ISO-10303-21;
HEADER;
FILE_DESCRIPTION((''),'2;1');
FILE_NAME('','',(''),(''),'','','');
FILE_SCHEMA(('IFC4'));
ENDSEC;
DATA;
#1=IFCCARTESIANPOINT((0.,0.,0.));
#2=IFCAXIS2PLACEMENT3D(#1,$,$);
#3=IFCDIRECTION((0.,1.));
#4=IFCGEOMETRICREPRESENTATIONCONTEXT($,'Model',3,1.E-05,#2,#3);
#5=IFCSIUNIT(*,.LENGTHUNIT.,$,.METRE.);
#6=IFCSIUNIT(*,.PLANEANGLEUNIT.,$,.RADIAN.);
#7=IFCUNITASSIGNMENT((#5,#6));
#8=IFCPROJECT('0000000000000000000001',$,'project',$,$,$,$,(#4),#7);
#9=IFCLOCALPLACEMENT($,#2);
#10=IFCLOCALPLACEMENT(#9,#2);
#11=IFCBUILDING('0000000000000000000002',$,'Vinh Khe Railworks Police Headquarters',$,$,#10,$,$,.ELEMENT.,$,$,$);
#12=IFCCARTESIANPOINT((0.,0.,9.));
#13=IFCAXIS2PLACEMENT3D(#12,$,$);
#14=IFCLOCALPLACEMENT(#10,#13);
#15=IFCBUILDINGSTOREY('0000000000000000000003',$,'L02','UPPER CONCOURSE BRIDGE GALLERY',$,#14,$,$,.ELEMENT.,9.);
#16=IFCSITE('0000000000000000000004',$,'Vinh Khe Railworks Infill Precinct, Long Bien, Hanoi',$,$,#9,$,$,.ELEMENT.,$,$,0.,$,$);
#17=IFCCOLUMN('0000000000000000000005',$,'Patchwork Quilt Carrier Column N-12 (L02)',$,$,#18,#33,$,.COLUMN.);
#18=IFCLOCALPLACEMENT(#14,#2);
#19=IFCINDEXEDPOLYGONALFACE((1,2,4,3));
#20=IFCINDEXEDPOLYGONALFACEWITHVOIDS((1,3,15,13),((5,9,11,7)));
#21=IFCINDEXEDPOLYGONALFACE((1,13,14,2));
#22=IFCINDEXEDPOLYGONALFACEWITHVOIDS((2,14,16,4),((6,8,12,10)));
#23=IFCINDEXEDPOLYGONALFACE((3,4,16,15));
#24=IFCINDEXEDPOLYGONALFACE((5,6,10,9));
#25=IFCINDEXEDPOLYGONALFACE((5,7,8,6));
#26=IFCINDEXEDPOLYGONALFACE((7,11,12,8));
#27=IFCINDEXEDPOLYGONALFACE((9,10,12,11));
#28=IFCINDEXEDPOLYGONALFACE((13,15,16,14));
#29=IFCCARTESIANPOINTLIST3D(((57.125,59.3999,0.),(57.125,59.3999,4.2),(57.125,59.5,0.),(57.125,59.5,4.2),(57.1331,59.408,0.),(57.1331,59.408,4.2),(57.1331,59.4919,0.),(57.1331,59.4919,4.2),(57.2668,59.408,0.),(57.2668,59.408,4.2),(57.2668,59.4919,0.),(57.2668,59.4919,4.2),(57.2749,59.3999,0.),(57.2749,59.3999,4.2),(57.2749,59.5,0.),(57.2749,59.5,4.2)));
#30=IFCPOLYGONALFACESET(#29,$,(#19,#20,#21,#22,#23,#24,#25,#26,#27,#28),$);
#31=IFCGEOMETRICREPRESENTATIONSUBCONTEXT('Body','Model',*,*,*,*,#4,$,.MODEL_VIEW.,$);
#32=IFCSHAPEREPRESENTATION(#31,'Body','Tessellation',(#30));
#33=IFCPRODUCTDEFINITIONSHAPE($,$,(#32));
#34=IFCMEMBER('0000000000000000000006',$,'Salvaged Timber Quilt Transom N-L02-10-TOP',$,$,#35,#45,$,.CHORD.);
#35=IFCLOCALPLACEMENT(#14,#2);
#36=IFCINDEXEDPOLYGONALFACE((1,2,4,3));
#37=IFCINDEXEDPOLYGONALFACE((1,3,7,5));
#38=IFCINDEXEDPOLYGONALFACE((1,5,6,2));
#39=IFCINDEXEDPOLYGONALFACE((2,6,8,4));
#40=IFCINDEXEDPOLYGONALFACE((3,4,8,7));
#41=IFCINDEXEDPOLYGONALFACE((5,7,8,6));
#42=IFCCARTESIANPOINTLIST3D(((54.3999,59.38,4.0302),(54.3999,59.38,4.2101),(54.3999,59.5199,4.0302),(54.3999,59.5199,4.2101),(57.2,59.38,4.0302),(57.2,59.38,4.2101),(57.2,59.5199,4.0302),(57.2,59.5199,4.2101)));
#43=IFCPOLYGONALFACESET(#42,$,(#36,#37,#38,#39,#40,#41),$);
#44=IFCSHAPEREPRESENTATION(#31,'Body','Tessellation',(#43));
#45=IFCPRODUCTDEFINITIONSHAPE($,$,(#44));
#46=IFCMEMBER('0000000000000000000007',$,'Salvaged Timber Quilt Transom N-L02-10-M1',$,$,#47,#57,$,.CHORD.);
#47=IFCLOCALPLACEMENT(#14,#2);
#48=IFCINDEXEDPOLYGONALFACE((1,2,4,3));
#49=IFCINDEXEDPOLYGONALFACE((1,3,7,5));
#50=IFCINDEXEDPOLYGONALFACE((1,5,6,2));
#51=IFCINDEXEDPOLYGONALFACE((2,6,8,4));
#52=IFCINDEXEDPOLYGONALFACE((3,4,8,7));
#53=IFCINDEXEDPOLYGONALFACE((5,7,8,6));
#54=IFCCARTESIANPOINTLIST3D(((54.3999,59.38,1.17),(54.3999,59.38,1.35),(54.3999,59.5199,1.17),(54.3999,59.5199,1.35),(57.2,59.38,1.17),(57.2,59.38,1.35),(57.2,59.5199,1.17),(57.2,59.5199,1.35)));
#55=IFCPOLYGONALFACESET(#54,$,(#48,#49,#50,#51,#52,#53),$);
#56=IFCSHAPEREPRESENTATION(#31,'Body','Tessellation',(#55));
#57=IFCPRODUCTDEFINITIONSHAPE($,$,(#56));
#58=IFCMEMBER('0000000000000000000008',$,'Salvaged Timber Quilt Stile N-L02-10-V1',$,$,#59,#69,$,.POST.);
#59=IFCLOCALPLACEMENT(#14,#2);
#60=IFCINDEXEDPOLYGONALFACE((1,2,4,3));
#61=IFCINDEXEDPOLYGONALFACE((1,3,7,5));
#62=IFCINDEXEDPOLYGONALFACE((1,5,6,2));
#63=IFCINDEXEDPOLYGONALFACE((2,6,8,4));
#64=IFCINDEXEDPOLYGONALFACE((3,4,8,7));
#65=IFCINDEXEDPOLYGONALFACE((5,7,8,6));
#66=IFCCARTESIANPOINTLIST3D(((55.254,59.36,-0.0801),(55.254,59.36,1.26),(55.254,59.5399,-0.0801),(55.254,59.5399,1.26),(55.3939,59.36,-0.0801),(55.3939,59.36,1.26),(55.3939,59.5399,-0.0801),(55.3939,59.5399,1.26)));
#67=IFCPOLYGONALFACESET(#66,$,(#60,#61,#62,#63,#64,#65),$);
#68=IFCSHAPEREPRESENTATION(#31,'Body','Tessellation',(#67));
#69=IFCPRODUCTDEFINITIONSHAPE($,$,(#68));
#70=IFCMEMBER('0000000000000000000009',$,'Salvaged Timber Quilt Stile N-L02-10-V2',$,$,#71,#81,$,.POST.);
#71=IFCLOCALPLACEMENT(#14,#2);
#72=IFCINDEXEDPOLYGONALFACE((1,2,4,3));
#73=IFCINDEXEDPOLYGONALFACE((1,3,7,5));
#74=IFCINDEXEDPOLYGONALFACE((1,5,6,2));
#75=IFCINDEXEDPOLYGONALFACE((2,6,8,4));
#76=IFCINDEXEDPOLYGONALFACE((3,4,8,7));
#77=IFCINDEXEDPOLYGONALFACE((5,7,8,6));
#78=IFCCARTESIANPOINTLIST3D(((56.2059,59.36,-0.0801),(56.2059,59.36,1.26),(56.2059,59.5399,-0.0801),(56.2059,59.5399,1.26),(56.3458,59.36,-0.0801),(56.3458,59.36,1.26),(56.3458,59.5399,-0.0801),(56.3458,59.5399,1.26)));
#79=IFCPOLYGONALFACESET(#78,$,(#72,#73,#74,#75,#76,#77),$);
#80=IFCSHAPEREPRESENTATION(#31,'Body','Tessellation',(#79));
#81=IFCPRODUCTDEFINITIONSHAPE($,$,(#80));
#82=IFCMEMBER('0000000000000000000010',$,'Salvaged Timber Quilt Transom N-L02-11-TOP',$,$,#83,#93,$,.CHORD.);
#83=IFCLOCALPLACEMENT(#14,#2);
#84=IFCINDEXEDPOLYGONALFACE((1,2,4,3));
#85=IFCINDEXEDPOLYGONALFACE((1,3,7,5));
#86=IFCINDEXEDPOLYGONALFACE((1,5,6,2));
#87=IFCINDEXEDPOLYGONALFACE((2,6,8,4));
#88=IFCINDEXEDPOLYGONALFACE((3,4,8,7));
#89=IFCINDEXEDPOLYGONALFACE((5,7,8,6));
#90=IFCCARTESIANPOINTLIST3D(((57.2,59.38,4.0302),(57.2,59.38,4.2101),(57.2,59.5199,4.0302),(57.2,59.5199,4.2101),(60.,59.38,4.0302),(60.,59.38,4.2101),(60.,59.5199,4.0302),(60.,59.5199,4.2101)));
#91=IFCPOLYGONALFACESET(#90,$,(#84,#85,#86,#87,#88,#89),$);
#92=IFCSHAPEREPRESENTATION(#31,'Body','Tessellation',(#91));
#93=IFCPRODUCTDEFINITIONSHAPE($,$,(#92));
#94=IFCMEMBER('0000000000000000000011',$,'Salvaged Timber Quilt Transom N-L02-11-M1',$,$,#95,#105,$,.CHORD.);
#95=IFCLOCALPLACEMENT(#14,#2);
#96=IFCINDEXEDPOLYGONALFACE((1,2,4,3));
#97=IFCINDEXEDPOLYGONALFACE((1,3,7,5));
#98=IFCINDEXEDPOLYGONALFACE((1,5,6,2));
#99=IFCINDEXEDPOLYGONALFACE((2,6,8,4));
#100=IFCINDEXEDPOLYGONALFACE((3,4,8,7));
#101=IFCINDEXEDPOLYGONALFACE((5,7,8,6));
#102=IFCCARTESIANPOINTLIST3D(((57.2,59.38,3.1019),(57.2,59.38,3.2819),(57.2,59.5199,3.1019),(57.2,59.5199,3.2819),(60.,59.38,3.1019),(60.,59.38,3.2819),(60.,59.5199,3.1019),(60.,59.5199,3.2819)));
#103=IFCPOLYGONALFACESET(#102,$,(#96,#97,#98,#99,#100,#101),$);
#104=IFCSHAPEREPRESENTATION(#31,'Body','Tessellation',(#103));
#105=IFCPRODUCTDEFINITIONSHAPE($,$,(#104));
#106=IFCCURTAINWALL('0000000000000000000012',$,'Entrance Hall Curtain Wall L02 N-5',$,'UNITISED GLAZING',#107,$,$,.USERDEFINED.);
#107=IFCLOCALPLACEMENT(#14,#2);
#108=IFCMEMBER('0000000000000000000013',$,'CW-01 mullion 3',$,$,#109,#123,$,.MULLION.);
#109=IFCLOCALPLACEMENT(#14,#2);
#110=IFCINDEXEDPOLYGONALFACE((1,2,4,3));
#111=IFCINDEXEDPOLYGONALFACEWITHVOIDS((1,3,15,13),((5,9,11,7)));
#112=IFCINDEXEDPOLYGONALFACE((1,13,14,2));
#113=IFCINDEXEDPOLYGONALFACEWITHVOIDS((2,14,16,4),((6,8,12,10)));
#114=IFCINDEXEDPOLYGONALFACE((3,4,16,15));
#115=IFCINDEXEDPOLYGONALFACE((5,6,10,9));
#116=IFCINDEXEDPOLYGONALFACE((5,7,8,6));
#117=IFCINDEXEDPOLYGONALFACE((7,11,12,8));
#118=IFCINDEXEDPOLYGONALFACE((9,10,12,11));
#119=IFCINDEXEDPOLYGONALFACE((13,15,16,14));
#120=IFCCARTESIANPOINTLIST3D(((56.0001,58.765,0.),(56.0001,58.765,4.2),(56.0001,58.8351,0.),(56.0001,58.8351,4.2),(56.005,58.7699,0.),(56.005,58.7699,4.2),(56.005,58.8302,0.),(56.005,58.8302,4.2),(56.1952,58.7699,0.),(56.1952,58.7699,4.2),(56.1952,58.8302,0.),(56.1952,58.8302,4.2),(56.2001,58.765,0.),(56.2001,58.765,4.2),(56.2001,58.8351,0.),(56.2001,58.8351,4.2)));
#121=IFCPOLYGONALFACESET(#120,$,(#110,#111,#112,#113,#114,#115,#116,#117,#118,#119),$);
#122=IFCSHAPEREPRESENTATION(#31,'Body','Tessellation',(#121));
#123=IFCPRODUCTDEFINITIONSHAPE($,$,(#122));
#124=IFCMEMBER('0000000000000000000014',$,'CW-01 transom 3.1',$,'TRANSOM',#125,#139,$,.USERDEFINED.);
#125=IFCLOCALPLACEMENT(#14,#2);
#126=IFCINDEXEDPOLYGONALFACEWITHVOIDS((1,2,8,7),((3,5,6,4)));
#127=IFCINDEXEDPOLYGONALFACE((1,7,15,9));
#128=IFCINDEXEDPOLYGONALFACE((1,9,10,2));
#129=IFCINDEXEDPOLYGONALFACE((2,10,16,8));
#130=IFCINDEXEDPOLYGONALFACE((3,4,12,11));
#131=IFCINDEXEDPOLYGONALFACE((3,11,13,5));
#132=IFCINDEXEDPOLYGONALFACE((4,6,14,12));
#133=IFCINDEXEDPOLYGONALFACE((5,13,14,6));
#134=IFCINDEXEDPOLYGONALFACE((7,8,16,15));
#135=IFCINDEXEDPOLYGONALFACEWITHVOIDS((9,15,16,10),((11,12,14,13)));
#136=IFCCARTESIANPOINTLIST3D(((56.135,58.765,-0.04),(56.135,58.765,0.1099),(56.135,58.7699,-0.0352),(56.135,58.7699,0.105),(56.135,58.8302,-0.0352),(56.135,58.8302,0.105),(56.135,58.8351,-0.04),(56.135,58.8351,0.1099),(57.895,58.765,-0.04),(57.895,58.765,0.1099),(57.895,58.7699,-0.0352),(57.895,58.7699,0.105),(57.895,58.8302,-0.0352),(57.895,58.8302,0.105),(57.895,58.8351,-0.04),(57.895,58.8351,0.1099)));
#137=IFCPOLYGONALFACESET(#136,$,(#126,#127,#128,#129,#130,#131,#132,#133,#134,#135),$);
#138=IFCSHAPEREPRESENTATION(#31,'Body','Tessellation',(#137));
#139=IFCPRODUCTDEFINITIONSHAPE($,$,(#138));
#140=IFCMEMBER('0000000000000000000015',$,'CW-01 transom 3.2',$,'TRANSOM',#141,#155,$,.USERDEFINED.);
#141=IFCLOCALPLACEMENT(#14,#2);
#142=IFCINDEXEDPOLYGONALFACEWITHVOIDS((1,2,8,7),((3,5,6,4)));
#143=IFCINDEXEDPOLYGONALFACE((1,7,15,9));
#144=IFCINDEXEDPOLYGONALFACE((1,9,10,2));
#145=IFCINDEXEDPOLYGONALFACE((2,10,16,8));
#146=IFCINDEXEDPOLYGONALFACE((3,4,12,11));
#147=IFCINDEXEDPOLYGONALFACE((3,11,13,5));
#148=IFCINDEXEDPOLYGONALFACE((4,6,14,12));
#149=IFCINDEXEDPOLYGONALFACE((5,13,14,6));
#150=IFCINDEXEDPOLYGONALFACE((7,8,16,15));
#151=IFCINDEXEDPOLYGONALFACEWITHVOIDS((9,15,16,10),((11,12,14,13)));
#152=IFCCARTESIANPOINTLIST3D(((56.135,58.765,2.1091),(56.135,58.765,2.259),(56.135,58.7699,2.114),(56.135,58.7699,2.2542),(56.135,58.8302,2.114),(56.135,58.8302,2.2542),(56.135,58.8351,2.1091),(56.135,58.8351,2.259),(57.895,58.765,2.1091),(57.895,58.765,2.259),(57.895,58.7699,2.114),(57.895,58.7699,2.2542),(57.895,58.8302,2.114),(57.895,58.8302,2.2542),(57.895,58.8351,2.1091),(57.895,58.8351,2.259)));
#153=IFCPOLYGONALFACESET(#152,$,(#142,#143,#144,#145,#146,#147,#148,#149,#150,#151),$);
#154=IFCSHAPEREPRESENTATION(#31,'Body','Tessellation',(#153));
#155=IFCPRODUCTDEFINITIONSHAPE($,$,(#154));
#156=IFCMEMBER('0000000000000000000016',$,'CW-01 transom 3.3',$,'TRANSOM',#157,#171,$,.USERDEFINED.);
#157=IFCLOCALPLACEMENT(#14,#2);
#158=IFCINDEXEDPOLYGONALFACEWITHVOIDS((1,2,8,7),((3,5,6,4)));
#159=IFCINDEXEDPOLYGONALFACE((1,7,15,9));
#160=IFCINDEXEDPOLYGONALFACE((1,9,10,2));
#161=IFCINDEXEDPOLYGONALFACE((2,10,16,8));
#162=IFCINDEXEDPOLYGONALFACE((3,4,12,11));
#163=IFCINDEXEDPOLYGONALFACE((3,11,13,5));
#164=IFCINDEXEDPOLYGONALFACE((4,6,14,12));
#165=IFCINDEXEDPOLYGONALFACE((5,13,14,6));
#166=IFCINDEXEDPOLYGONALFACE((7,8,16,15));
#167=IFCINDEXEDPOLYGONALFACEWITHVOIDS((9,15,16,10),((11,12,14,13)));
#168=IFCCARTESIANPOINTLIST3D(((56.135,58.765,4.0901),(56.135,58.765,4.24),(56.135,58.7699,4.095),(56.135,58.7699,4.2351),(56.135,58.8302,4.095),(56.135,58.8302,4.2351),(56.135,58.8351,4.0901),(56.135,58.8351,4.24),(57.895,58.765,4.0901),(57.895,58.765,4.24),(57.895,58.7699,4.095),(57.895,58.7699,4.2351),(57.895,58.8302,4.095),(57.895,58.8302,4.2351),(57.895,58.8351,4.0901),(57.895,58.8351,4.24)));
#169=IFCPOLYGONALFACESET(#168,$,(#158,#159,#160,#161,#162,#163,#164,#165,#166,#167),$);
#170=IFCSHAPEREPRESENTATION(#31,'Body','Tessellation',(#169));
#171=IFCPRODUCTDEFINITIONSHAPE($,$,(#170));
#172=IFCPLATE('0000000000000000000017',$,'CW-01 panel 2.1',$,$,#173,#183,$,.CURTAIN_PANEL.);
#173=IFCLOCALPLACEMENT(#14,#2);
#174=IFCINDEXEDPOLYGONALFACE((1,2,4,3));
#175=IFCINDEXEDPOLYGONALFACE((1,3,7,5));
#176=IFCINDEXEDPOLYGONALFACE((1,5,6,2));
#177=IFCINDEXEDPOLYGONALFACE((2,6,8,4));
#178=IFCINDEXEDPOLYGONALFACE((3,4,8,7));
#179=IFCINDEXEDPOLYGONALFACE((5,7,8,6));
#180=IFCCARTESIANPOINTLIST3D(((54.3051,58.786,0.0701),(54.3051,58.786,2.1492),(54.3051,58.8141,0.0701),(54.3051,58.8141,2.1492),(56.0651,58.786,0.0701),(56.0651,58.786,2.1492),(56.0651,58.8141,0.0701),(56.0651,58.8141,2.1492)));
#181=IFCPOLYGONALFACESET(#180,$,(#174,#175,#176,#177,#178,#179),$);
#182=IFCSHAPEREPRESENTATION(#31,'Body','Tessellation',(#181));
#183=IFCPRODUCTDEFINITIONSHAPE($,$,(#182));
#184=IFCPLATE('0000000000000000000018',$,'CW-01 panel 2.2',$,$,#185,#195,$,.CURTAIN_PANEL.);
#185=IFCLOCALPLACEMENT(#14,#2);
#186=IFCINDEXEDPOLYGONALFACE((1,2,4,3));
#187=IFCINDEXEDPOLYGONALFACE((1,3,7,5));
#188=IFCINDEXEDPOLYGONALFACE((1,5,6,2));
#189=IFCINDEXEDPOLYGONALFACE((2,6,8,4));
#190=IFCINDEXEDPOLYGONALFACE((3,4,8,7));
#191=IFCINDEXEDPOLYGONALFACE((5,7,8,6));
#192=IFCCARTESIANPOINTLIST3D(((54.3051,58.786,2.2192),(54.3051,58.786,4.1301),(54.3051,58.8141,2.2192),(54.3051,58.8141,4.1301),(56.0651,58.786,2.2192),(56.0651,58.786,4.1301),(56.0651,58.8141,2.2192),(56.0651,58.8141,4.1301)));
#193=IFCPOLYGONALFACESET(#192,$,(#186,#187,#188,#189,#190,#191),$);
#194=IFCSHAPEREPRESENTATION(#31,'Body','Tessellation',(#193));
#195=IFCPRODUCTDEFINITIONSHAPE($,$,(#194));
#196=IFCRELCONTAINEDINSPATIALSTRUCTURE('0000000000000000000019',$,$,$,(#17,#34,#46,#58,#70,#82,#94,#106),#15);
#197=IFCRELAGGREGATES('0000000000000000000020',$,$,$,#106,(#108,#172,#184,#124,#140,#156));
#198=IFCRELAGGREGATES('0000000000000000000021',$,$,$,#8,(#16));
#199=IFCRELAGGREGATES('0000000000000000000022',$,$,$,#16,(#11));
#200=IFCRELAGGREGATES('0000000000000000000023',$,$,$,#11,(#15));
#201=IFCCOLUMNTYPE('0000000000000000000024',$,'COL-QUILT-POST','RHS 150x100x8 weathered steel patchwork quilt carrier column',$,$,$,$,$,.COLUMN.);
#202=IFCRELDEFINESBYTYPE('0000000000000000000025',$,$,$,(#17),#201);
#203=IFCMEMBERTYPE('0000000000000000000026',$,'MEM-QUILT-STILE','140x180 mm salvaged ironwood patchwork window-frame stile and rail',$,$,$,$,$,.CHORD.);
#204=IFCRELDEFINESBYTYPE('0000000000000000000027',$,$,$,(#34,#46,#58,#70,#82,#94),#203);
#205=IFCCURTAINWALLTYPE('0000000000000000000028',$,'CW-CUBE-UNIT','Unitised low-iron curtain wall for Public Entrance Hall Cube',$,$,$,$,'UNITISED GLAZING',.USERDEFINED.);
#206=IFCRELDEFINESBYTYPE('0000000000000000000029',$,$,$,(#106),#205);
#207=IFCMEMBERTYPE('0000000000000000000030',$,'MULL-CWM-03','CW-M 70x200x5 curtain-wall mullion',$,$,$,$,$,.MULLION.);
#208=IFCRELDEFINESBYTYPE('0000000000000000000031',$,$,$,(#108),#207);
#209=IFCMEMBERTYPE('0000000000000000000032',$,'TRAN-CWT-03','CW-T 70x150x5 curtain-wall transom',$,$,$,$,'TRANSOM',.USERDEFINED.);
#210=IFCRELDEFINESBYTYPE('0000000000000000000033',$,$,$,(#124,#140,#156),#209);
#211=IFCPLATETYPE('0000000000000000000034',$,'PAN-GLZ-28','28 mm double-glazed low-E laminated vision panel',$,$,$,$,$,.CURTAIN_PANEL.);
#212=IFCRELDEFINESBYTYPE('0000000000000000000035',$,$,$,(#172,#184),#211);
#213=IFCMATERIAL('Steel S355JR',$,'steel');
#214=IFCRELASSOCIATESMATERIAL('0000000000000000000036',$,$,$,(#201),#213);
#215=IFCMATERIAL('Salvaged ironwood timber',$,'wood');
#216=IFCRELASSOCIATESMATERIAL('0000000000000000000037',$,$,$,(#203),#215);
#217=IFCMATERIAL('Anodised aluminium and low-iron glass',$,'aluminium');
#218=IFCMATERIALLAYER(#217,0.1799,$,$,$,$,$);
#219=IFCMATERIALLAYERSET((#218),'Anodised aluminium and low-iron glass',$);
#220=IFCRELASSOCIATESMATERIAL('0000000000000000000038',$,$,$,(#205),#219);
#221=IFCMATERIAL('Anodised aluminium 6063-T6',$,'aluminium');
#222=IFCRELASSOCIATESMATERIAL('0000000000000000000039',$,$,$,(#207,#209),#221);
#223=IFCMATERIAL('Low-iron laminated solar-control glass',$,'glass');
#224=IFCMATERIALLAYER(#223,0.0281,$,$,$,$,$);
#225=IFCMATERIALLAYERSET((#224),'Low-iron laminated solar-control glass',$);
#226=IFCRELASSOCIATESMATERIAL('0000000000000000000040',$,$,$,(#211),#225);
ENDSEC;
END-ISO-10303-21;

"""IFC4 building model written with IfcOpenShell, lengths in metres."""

from ifc_helpers import new_model, si_unit, direction, frame, origin, origin_2d, place, context, subcontext, project, spatial, rectangle, hollow_rectangle, extrude, material, layer, layer_set, material_profile, profile_set, type_object, element, aggregate, save


model = new_model("IFC4")

# Units and contexts
model_context = context("Model", 3, precision=1e-05, world=origin(), true_north=direction((0.0, 1.0)))
body_context = subcontext(model_context, "Body", "Model", "MODEL_VIEW")
ifc_project = project(units=[si_unit("LENGTHUNIT", "METRE"), si_unit("PLANEANGLEUNIT", "RADIAN")], contexts=[model_context])

# Site, building, storey
site_placement = place(None, origin())
site = spatial("IfcSite", under=ifc_project, at=site_placement, Name="Vinh Khe Railworks Infill Precinct, Long Bien, Hanoi", CompositionType="ELEMENT", RefElevation=0.0)
building_placement = place(site_placement, origin())
building = spatial("IfcBuilding", under=site, at=building_placement, Name="Vinh Khe Railworks Police Headquarters", CompositionType="ELEMENT")
storey_placement = place(building_placement, frame((0.0, 0.0, 9.0)))
storey = spatial("IfcBuildingStorey", under=building, at=storey_placement, Name="L02", Description="UPPER CONCOURSE BRIDGE GALLERY", CompositionType="ELEMENT", Elevation=9.0)

# Column
ifc_material_1 = material(Name="Steel S355JR", Category="steel")
ifc_material_profile_1 = material_profile(ifc_material_1, hollow_rectangle(XDim=0.1499, YDim=0.1001, WallThickness=0.0081, at=origin_2d()), Name="RHS 150x100x8")
ifc_profile_set_1 = profile_set([ifc_material_profile_1], Name="Steel S355JR")
column_type = type_object("IfcColumnType", Name="COL-QUILT-POST", Description="RHS 150x100x8 weathered steel patchwork quilt carrier column", PredefinedType="COLUMN", material=ifc_profile_set_1)
column_placement = place(storey_placement, frame((57.2, 59.45, 0.0), z_axis=(0.0, 0.0, 1.0), x_axis=(1.0, 0.0, 0.0)))
element("IfcColumn", 1, at=column_placement, inside=storey, type_object=column_type, Name="Patchwork Quilt Carrier Column N-12 (L02)", PredefinedType="COLUMN", context=body_context, shape_type="SweptSolid", body=[
    extrude(hollow_rectangle(XDim=0.1499, YDim=0.1001, WallThickness=0.0081, at=origin_2d()), origin(), (0.0, 0.0, 1.0), 4.2),
])

# Members
ifc_material_2 = material(Name="Salvaged ironwood timber", Category="wood")
ifc_material_profile_2 = material_profile(ifc_material_2, rectangle(XDim=0.1399, YDim=0.1799, at=origin_2d()), Name="TIMBER 140x180")
ifc_profile_set_2 = profile_set([ifc_material_profile_2], Name="Salvaged ironwood timber")
member_type_1 = type_object("IfcMemberType", Name="MEM-QUILT-STILE", Description="140x180 mm salvaged ironwood patchwork window-frame stile and rail", PredefinedType="CHORD", material=ifc_profile_set_2)
for number, where, z_axis, x_axis, name in (
    (2, (54.3999, 59.45, 4.1201), (1.0, 0.0, 0.0), (0.0, 1.0, 0.0), "Salvaged Timber Quilt Transom N-L02-10-TOP"),
    (3, (54.3999, 59.45, 1.26), (1.0, 0.0, 0.0), (0.0, 1.0, 0.0), "Salvaged Timber Quilt Transom N-L02-10-M1"),
):
    element("IfcMember", number, at=place(storey_placement, frame(where, z_axis=z_axis, x_axis=x_axis)), inside=storey, type_object=member_type_1, Name=name, PredefinedType="CHORD", context=body_context, shape_type="SweptSolid", body=[
        extrude(rectangle(XDim=0.1399, YDim=0.1799, at=origin_2d()), origin(), (0.0, 0.0, 1.0), 2.8),
    ])
for number, where, z_axis, x_axis, name in (
    (4, (55.324, 59.45, -0.0801), (0.0, 0.0, 1.0), (1.0, 0.0, 0.0), "Salvaged Timber Quilt Stile N-L02-10-V1"),
    (5, (56.2759, 59.45, -0.0801), (0.0, 0.0, 1.0), (1.0, 0.0, 0.0), "Salvaged Timber Quilt Stile N-L02-10-V2"),
):
    element("IfcMember", number, at=place(storey_placement, frame(where, z_axis=z_axis, x_axis=x_axis)), inside=storey, type_object=member_type_1, Name=name, PredefinedType="POST", context=body_context, shape_type="SweptSolid", body=[
        extrude(rectangle(XDim=0.1399, YDim=0.1799, at=origin_2d()), origin(), (0.0, 0.0, 1.0), 1.3401),
    ])
for number, where, z_axis, x_axis, name in (
    (6, (57.2, 59.45, 4.1201), (1.0, 0.0, 0.0), (0.0, 1.0, 0.0), "Salvaged Timber Quilt Transom N-L02-11-TOP"),
    (7, (57.2, 59.45, 3.1919), (1.0, 0.0, 0.0), (0.0, 1.0, 0.0), "Salvaged Timber Quilt Transom N-L02-11-M1"),
):
    element("IfcMember", number, at=place(storey_placement, frame(where, z_axis=z_axis, x_axis=x_axis)), inside=storey, type_object=member_type_1, Name=name, PredefinedType="CHORD", context=body_context, shape_type="SweptSolid", body=[
        extrude(rectangle(XDim=0.1399, YDim=0.1799, at=origin_2d()), origin(), (0.0, 0.0, 1.0), 2.8),
    ])

# Curtain wall, members, plates
ifc_material_3 = material(Name="Anodised aluminium and low-iron glass", Category="aluminium")
ifc_layer_1 = layer(ifc_material_3, 0.1799)
ifc_layer_set_1 = layer_set([ifc_layer_1], Name="Anodised aluminium and low-iron glass")
curtain_wall_type = type_object("IfcCurtainWallType", Name="CW-CUBE-UNIT", Description="Unitised low-iron curtain wall for Public Entrance Hall Cube", ElementType="UNITISED GLAZING", PredefinedType="USERDEFINED", material=ifc_layer_set_1)
curtain_wall_placement = place(storey_placement, origin())
curtain_wall = element("IfcCurtainWall", 8, at=curtain_wall_placement, inside=storey, type_object=curtain_wall_type, Name="Entrance Hall Curtain Wall L02 N-5", ObjectType="UNITISED GLAZING", PredefinedType="USERDEFINED")
ifc_material_4 = material(Name="Anodised aluminium 6063-T6", Category="aluminium")
ifc_material_profile_3 = material_profile(ifc_material_4, hollow_rectangle(XDim=0.0701, YDim=0.2, WallThickness=0.0049, at=origin_2d()), Name="CW-M 70x200x5")
ifc_profile_set_3 = profile_set([ifc_material_profile_3], Name="Anodised aluminium 6063-T6")
member_type_2 = type_object("IfcMemberType", Name="MULL-CWM-03", Description="CW-M 70x200x5 curtain-wall mullion", PredefinedType="MULLION", material=ifc_profile_set_3)
member_1_placement = place(storey_placement, frame((56.1001, 58.8, 0.0), z_axis=(0.0, 0.0, 1.0), x_axis=(0.0, 1.0, 0.0)))
member_1 = element("IfcMember", 9, at=member_1_placement, type_object=member_type_2, Name="CW-01 mullion 3", PredefinedType="MULLION", context=body_context, shape_type="SweptSolid", body=[
    extrude(hollow_rectangle(XDim=0.0701, YDim=0.2, WallThickness=0.0049, at=origin_2d()), origin(), (0.0, 0.0, 1.0), 4.2),
])
ifc_material_profile_4 = material_profile(ifc_material_4, hollow_rectangle(XDim=0.0701, YDim=0.1499, WallThickness=0.0049, at=origin_2d()), Name="CW-T 70x150x5")
ifc_profile_set_4 = profile_set([ifc_material_profile_4], Name="Anodised aluminium 6063-T6")
member_type_3 = type_object("IfcMemberType", Name="TRAN-CWT-03", Description="CW-T 70x150x5 curtain-wall transom", ElementType="TRANSOM", PredefinedType="USERDEFINED", material=ifc_profile_set_4)
member_2_placement = place(storey_placement, frame((56.135, 58.8, 0.0349), z_axis=(1.0, 0.0, 0.0), x_axis=(0.0, 1.0, 0.0)))
member_2 = element("IfcMember", 10, at=member_2_placement, type_object=member_type_3, Name="CW-01 transom 3.1", ObjectType="TRANSOM", PredefinedType="USERDEFINED", context=body_context, shape_type="SweptSolid", body=[
    extrude(hollow_rectangle(XDim=0.0701, YDim=0.1499, WallThickness=0.0049, at=origin_2d()), origin(), (0.0, 0.0, 1.0), 1.76),
])
member_3_placement = place(storey_placement, frame((56.135, 58.8, 2.1841), z_axis=(1.0, 0.0, 0.0), x_axis=(0.0, 1.0, 0.0)))
member_3 = element("IfcMember", 11, at=member_3_placement, type_object=member_type_3, Name="CW-01 transom 3.2", ObjectType="TRANSOM", PredefinedType="USERDEFINED", context=body_context, shape_type="SweptSolid", body=[
    extrude(hollow_rectangle(XDim=0.0701, YDim=0.1499, WallThickness=0.0049, at=origin_2d()), origin(), (0.0, 0.0, 1.0), 1.76),
])
member_4_placement = place(storey_placement, frame((56.135, 58.8, 4.165), z_axis=(1.0, 0.0, 0.0), x_axis=(0.0, 1.0, 0.0)))
member_4 = element("IfcMember", 12, at=member_4_placement, type_object=member_type_3, Name="CW-01 transom 3.3", ObjectType="TRANSOM", PredefinedType="USERDEFINED", context=body_context, shape_type="SweptSolid", body=[
    extrude(hollow_rectangle(XDim=0.0701, YDim=0.1499, WallThickness=0.0049, at=origin_2d()), origin(), (0.0, 0.0, 1.0), 1.76),
])
ifc_material_5 = material(Name="Low-iron laminated solar-control glass", Category="glass")
ifc_layer_2 = layer(ifc_material_5, 0.0281)
ifc_layer_set_2 = layer_set([ifc_layer_2], Name="Low-iron laminated solar-control glass")
plate_type_1 = type_object("IfcPlateType", Name="PAN-GLZ-28", Description="28 mm double-glazed low-E laminated vision panel", PredefinedType="CURTAIN_PANEL", material=ifc_layer_set_2)
plate_1_placement = place(storey_placement, frame((55.1851, 58.8, 0.0701), z_axis=(0.0, 0.0, 1.0), x_axis=(1.0, 0.0, 0.0)))
plate_1 = element("IfcPlate", 13, at=plate_1_placement, type_object=plate_type_1, Name="CW-01 panel 2.1", PredefinedType="CURTAIN_PANEL", context=body_context, shape_type="SweptSolid", body=[
    extrude(rectangle(XDim=1.76, YDim=0.0281, at=origin_2d()), origin(), (0.0, 0.0, 1.0), 2.0791),
])
plate_2_placement = place(storey_placement, frame((55.1851, 58.8, 2.2192), z_axis=(0.0, 0.0, 1.0), x_axis=(1.0, 0.0, 0.0)))
plate_2 = element("IfcPlate", 14, at=plate_2_placement, type_object=plate_type_1, Name="CW-01 panel 2.2", PredefinedType="CURTAIN_PANEL", context=body_context, shape_type="SweptSolid", body=[
    extrude(rectangle(XDim=1.76, YDim=0.0281, at=origin_2d()), origin(), (0.0, 0.0, 1.0), 1.9109),
])
aggregate(curtain_wall, [member_1, plate_1, plate_2, member_2, member_3, member_4])

save(model, "model.ifc")
